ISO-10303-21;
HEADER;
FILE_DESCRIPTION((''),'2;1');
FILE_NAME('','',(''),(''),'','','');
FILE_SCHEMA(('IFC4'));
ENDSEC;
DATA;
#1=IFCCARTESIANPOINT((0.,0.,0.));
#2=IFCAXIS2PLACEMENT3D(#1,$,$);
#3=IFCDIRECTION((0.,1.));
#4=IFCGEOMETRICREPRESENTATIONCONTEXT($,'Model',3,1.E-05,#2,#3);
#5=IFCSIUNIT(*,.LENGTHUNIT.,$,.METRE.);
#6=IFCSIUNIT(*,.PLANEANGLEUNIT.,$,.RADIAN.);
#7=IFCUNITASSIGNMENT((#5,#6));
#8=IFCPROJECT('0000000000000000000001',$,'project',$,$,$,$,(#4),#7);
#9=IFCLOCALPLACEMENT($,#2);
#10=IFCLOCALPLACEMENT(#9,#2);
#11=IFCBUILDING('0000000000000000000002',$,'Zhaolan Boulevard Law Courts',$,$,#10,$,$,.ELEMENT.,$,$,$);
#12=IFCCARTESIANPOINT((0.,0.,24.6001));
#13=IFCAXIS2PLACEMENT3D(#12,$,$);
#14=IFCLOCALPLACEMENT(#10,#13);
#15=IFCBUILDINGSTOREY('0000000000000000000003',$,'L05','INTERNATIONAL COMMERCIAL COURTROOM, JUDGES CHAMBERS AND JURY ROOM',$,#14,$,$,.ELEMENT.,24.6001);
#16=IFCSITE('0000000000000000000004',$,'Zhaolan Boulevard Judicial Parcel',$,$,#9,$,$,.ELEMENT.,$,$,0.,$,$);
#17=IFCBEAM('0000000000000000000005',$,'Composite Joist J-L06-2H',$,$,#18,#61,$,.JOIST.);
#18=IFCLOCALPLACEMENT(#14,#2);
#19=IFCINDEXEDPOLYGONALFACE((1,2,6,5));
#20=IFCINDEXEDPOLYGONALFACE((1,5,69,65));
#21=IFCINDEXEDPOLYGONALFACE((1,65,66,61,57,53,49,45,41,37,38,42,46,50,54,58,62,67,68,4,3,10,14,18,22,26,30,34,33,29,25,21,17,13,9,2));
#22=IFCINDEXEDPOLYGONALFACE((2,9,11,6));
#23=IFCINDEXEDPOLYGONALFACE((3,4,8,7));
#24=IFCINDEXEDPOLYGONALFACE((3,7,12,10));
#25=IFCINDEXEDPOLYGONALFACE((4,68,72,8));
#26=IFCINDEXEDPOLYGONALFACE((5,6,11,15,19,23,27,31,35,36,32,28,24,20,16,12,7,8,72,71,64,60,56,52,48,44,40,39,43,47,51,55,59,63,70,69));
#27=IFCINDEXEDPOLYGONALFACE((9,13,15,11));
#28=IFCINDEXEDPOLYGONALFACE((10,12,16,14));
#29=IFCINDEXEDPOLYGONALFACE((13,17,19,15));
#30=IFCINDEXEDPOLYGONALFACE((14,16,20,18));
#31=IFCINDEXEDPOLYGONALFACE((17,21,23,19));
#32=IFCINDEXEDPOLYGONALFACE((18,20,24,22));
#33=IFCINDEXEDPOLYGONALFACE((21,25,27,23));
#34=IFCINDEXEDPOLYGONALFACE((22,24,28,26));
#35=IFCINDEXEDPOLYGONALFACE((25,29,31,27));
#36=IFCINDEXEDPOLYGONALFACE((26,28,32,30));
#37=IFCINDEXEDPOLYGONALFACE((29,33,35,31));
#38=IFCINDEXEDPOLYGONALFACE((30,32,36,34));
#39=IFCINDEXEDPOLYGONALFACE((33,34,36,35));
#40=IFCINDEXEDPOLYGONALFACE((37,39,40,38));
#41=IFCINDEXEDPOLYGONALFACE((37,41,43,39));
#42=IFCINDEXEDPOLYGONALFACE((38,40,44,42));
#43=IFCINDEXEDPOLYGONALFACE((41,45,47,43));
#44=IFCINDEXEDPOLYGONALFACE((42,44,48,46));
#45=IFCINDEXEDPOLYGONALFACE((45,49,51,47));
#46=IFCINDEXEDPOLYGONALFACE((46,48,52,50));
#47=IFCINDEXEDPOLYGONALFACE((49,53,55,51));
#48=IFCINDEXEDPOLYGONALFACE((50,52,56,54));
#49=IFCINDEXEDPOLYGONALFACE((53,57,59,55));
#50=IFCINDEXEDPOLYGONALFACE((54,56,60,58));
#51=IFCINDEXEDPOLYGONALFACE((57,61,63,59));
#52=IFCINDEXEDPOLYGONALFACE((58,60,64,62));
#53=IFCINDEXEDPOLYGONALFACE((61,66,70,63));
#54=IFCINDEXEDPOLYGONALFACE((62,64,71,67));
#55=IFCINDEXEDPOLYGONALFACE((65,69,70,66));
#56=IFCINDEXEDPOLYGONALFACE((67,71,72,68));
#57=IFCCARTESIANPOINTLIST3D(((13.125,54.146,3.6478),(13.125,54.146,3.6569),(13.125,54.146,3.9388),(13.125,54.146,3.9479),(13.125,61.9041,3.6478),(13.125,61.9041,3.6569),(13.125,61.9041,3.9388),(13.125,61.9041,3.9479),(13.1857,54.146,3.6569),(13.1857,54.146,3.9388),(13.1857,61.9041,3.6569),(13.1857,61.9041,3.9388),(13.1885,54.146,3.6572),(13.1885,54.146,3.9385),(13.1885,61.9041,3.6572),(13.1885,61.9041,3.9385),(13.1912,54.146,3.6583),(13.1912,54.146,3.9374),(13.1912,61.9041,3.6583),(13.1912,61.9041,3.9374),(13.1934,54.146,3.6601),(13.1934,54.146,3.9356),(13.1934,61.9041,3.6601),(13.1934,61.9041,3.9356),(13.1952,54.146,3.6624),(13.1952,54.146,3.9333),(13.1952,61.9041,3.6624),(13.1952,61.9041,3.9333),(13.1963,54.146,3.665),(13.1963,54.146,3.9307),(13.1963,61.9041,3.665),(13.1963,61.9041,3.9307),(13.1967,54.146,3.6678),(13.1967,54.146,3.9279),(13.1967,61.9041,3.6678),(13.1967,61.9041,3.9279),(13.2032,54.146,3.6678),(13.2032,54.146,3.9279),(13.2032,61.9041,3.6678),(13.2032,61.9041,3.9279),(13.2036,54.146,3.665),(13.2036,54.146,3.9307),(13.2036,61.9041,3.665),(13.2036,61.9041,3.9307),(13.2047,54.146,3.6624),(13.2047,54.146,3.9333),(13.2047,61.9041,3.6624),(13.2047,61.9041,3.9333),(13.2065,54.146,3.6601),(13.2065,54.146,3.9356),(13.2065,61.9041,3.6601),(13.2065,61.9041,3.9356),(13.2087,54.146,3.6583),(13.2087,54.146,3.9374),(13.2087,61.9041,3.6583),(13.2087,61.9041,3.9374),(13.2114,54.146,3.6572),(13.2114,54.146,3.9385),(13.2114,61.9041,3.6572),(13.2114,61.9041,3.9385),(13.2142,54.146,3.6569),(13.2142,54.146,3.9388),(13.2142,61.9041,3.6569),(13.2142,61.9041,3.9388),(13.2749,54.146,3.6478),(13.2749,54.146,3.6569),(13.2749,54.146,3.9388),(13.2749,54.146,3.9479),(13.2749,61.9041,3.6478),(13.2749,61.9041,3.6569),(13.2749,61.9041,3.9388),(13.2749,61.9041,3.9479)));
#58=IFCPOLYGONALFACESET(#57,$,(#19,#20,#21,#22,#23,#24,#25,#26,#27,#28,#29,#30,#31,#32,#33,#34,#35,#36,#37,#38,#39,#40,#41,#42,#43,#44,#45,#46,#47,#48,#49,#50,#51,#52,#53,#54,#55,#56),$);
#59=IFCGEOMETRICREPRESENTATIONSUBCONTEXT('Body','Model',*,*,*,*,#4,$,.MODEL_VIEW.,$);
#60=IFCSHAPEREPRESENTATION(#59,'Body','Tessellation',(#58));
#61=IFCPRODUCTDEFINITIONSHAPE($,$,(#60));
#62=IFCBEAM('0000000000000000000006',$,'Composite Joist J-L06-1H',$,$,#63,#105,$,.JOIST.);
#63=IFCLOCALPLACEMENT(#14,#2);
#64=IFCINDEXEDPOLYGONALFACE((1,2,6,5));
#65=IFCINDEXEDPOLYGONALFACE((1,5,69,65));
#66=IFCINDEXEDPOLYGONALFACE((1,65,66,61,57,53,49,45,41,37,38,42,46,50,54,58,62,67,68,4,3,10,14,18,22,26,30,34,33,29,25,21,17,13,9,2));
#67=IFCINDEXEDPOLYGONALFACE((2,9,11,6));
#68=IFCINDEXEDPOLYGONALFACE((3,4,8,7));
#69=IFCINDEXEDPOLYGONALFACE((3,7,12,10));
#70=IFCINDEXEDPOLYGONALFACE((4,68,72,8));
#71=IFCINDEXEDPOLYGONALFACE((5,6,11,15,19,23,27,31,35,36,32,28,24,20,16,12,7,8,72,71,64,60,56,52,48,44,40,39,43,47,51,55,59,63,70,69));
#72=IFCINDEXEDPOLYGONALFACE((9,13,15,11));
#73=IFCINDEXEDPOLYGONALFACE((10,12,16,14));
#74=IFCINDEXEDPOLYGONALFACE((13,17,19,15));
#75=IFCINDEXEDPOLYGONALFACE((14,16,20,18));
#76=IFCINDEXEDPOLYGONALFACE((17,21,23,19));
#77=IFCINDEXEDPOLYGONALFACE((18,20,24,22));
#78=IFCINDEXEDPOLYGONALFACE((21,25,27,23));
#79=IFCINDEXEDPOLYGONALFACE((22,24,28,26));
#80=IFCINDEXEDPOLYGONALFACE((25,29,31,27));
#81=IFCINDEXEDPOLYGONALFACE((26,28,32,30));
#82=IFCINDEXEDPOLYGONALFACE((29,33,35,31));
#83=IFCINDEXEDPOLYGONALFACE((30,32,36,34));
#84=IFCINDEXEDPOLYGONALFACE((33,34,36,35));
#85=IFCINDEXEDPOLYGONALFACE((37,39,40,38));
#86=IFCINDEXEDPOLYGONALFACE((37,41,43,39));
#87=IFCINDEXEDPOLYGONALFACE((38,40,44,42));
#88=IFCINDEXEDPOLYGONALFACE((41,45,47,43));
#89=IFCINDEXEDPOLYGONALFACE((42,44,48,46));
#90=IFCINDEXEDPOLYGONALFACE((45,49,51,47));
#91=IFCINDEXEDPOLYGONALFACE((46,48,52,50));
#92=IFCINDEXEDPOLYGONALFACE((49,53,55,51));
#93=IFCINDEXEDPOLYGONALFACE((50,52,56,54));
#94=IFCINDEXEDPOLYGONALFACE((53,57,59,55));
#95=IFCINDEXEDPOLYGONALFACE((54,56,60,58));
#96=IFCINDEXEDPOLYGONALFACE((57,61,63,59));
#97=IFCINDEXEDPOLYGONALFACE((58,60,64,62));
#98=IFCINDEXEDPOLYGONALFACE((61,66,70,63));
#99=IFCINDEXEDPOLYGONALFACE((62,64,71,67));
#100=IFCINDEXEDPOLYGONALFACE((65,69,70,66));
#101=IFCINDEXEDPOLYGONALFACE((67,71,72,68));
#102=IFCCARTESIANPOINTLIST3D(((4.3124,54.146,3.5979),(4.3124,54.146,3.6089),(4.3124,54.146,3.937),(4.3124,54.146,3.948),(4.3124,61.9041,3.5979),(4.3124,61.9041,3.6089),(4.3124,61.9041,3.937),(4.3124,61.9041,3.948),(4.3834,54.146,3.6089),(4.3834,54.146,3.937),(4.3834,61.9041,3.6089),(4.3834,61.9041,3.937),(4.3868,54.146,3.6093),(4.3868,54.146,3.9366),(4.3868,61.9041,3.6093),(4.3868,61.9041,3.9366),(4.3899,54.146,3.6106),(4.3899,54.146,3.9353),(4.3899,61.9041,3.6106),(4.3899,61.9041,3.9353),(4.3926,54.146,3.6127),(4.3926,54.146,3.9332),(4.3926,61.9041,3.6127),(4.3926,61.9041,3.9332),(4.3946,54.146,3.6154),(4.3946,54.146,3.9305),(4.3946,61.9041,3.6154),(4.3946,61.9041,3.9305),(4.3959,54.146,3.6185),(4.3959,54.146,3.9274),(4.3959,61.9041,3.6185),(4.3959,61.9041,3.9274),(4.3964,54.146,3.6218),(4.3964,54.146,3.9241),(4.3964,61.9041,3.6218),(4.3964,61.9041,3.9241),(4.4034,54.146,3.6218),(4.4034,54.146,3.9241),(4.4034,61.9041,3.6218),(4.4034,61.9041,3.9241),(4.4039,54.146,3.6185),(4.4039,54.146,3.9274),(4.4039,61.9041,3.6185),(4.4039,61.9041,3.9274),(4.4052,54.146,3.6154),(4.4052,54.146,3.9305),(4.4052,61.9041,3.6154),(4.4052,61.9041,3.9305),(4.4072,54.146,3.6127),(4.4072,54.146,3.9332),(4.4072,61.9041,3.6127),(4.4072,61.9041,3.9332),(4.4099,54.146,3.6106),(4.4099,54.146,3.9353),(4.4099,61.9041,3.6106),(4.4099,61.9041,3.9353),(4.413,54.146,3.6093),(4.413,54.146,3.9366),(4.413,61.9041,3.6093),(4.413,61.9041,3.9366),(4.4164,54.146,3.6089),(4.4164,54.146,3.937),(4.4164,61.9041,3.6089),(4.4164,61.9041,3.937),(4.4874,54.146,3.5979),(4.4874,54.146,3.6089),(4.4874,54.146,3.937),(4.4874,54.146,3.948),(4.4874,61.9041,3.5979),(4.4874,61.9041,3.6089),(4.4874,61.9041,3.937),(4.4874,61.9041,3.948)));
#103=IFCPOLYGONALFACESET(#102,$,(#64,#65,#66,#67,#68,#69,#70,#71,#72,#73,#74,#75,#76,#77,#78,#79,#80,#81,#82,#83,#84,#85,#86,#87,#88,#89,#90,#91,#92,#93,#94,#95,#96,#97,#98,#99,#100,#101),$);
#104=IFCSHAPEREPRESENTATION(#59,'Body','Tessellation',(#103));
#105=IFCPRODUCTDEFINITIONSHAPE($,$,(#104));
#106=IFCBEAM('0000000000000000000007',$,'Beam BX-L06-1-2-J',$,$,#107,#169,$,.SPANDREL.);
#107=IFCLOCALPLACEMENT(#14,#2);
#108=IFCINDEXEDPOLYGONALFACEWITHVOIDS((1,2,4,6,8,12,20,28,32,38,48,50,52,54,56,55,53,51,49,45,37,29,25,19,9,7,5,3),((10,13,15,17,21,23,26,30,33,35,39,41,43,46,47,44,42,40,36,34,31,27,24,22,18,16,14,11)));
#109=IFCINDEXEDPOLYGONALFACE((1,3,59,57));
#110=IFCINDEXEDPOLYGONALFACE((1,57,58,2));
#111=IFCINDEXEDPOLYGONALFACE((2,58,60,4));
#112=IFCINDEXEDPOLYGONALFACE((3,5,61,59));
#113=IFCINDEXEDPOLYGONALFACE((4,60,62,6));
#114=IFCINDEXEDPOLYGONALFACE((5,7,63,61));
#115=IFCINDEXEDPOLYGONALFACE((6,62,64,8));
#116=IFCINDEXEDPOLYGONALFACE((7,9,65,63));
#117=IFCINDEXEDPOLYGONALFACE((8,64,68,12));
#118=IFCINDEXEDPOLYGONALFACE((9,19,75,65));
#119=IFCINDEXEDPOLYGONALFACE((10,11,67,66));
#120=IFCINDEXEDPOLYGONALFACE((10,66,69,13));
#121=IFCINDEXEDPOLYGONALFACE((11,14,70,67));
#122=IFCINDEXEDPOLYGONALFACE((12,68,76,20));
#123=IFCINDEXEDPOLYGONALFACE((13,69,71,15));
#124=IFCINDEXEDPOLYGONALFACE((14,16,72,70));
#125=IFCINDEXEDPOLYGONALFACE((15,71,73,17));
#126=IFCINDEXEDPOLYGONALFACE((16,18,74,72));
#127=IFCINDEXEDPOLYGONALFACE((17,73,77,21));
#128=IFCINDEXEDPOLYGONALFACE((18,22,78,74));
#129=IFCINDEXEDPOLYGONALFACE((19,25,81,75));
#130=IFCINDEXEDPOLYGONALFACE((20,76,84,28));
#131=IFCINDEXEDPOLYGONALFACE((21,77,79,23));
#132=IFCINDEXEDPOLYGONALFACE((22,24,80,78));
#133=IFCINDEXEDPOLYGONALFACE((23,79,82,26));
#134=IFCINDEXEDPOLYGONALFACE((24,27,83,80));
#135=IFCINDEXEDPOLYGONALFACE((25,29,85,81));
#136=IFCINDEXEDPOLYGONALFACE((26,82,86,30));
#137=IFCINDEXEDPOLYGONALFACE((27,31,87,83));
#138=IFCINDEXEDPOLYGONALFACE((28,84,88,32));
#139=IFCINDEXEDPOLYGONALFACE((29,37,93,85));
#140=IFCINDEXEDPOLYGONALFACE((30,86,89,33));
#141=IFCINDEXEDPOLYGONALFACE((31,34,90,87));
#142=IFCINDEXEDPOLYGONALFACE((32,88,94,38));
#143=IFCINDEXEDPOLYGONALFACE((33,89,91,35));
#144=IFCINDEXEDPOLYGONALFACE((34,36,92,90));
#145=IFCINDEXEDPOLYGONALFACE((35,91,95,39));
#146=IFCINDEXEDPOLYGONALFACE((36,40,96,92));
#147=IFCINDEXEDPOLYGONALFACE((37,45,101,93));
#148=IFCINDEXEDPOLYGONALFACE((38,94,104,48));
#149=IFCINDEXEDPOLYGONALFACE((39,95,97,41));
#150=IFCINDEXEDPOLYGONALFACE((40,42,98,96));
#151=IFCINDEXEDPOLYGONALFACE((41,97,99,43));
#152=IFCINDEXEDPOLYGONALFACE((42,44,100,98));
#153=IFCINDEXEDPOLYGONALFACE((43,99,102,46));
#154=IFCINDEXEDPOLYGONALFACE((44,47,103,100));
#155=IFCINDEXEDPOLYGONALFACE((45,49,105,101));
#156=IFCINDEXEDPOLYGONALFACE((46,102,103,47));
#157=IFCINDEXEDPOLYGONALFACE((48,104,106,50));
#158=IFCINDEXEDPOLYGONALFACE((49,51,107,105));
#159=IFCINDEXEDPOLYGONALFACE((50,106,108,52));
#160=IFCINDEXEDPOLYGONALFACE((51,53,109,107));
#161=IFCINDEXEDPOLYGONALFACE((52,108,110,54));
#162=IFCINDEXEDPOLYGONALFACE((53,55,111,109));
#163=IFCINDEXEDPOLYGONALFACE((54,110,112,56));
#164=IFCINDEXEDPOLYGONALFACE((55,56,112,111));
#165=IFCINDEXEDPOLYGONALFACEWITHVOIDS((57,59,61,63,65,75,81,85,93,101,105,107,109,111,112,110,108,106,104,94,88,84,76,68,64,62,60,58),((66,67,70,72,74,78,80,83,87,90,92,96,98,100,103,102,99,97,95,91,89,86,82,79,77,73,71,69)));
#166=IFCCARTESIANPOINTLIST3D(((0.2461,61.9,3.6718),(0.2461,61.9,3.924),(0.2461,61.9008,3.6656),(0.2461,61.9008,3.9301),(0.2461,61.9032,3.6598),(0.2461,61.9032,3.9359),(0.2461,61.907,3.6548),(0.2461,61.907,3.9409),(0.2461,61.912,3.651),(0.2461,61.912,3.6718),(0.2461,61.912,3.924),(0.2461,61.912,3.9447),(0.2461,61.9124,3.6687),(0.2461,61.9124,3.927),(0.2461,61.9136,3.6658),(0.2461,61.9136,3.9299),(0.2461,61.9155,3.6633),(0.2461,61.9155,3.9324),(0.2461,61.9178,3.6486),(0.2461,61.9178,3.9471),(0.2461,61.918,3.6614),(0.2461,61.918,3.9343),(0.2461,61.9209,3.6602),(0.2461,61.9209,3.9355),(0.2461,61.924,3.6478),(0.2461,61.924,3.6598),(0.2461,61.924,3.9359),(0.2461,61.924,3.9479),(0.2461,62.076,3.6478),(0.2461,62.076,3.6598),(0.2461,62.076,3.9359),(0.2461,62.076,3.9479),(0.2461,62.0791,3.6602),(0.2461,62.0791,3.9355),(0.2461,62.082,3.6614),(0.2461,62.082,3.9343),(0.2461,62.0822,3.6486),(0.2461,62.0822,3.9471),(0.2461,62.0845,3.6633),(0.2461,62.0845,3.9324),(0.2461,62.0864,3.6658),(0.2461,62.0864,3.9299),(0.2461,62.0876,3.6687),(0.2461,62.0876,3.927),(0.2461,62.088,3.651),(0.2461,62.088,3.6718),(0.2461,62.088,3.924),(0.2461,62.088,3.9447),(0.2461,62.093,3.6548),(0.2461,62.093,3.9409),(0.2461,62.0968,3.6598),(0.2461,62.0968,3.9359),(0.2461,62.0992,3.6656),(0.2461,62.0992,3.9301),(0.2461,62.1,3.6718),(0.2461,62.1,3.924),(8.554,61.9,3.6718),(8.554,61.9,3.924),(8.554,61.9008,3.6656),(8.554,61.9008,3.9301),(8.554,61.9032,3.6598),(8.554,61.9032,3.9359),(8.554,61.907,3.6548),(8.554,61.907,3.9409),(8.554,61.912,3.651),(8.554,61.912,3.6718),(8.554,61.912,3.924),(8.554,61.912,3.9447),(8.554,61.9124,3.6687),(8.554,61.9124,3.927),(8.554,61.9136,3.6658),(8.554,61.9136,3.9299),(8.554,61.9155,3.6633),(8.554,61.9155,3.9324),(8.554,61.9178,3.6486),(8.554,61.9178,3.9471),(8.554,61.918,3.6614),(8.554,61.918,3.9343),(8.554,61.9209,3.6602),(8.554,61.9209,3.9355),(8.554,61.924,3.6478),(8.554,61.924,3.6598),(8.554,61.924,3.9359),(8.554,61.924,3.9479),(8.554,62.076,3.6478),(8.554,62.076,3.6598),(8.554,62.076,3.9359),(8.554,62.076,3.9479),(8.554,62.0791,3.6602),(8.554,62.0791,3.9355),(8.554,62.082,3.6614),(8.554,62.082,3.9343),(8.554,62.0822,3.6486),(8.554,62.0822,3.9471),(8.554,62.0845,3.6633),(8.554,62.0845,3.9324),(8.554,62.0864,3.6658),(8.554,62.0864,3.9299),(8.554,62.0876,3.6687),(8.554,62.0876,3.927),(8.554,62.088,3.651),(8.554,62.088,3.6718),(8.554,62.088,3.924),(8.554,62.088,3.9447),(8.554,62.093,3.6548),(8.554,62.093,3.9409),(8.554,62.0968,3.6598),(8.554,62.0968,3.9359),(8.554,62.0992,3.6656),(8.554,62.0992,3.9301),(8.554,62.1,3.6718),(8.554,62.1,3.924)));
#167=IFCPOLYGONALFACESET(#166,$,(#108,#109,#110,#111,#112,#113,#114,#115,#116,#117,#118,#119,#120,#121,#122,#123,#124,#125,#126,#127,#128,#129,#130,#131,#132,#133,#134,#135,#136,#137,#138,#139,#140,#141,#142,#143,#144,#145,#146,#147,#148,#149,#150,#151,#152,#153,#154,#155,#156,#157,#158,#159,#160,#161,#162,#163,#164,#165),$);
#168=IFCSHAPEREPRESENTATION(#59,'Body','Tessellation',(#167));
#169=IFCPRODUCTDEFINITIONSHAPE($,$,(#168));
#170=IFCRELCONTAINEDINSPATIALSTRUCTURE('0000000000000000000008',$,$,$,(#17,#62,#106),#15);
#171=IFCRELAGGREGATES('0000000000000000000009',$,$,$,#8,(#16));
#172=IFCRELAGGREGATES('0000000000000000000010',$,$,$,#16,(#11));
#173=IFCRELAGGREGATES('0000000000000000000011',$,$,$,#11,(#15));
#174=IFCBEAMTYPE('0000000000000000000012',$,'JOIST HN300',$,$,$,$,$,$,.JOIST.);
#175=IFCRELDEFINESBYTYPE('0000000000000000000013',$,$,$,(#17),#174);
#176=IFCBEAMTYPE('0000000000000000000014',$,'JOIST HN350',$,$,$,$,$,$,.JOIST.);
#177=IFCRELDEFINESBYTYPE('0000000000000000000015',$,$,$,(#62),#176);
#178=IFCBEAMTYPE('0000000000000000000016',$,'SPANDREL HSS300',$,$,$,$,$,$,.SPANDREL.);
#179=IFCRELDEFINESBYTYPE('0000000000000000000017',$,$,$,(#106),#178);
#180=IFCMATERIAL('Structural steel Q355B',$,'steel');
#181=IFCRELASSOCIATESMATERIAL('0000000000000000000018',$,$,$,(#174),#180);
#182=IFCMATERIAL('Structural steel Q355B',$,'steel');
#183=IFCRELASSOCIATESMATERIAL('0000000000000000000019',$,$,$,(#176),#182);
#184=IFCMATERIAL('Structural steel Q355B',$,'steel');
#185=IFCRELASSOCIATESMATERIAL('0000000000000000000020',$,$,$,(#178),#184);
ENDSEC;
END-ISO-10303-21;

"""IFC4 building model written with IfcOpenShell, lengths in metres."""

from ifc_helpers import new_model, si_unit, direction, frame, origin, origin_2d, place, context, subcontext, project, spatial, hollow_rectangle, i_section, extrude, material, material_profile, profile_set, type_object, element, save


model = new_model("IFC4")

# Units and contexts
model_context = context("Model", 3, precision=1e-05, world=origin(), true_north=direction((0.0, 1.0)))
body_context = subcontext(model_context, "Body", "Model", "MODEL_VIEW")
ifc_project = project(units=[si_unit("LENGTHUNIT", "METRE"), si_unit("PLANEANGLEUNIT", "RADIAN")], contexts=[model_context])

# Site, building, storey
site_placement = place(None, origin())
site = spatial("IfcSite", under=ifc_project, at=site_placement, Name="Zhaolan Boulevard Judicial Parcel", CompositionType="ELEMENT", RefElevation=0.0)
building_placement = place(site_placement, origin())
building = spatial("IfcBuilding", under=site, at=building_placement, Name="Zhaolan Boulevard Law Courts", CompositionType="ELEMENT")
storey_placement = place(building_placement, frame((0.0, 0.0, 24.6001)))
storey = spatial("IfcBuildingStorey", under=building, at=storey_placement, Name="L05", Description="INTERNATIONAL COMMERCIAL COURTROOM, JUDGES CHAMBERS AND JURY ROOM", CompositionType="ELEMENT", Elevation=24.6001)

# Beams
ifc_material_1 = material(Name="Structural steel Q355B", Category="steel")
ifc_material_profile_1 = material_profile(ifc_material_1, i_section(OverallWidth=0.1499, OverallDepth=0.3, WebThickness=0.0066, FlangeThickness=0.009, FilletRadius=0.011, at=origin_2d()), Name="HN300x150")
ifc_profile_set_1 = profile_set([ifc_material_profile_1], Name="Structural steel Q355B")
beam_type_1 = type_object("IfcBeamType", Name="JOIST HN300", PredefinedType="JOIST", material=ifc_profile_set_1)
beam_1_placement = place(storey_placement, frame((13.2, 54.146, 3.7979), z_axis=(0.0, 1.0, 0.0), x_axis=(-1.0, 0.0, 0.0)))
element("IfcBeam", 1, at=beam_1_placement, inside=storey, type_object=beam_type_1, Name="Composite Joist J-L06-2H", PredefinedType="JOIST", context=body_context, shape_type="SweptSolid", body=[
    extrude(i_section(OverallWidth=0.1499, OverallDepth=0.3, WebThickness=0.0066, FlangeThickness=0.009, FilletRadius=0.011, at=origin_2d()), origin(), (0.0, 0.0, 1.0), 7.7581),
])
ifc_material_2 = material(Name="Structural steel Q355B", Category="steel")
ifc_material_profile_2 = material_profile(ifc_material_2, i_section(OverallWidth=0.175, OverallDepth=0.3501, WebThickness=0.0071, FlangeThickness=0.011, FilletRadius=0.0129, at=origin_2d()), Name="HN350x175")
ifc_profile_set_2 = profile_set([ifc_material_profile_2], Name="Structural steel Q355B")
beam_type_2 = type_object("IfcBeamType", Name="JOIST HN350", PredefinedType="JOIST", material=ifc_profile_set_2)
beam_2_placement = place(storey_placement, frame((4.3999, 54.146, 3.7729), z_axis=(0.0, 1.0, 0.0), x_axis=(-1.0, 0.0, 0.0)))
element("IfcBeam", 2, at=beam_2_placement, inside=storey, type_object=beam_type_2, Name="Composite Joist J-L06-1H", PredefinedType="JOIST", context=body_context, shape_type="SweptSolid", body=[
    extrude(i_section(OverallWidth=0.175, OverallDepth=0.3501, WebThickness=0.0071, FlangeThickness=0.011, FilletRadius=0.0129, at=origin_2d()), origin(), (0.0, 0.0, 1.0), 7.7581),
])
ifc_material_3 = material(Name="Structural steel Q355B", Category="steel")
ifc_material_profile_3 = material_profile(ifc_material_3, hollow_rectangle(XDim=0.2, YDim=0.3, WallThickness=0.012, InnerFilletRadius=0.012, OuterFilletRadius=0.0239, at=origin_2d()), Name="HSS300x200x12")
ifc_profile_set_3 = profile_set([ifc_material_profile_3], Name="Structural steel Q355B")
beam_type_3 = type_object("IfcBeamType", Name="SPANDREL HSS300", PredefinedType="SPANDREL", material=ifc_profile_set_3)
beam_3_placement = place(storey_placement, frame((0.2461, 62.0, 3.7979), z_axis=(1.0, 0.0, 0.0), x_axis=(0.0, 1.0, 0.0)))
element("IfcBeam", 3, at=beam_3_placement, inside=storey, type_object=beam_type_3, Name="Beam BX-L06-1-2-J", PredefinedType="SPANDREL", context=body_context, shape_type="SweptSolid", body=[
    extrude(hollow_rectangle(XDim=0.2, YDim=0.3, WallThickness=0.012, InnerFilletRadius=0.012, OuterFilletRadius=0.0239, at=origin_2d()), origin(), (0.0, 0.0, 1.0), 8.3079),
])

save(model, "model.ifc")
